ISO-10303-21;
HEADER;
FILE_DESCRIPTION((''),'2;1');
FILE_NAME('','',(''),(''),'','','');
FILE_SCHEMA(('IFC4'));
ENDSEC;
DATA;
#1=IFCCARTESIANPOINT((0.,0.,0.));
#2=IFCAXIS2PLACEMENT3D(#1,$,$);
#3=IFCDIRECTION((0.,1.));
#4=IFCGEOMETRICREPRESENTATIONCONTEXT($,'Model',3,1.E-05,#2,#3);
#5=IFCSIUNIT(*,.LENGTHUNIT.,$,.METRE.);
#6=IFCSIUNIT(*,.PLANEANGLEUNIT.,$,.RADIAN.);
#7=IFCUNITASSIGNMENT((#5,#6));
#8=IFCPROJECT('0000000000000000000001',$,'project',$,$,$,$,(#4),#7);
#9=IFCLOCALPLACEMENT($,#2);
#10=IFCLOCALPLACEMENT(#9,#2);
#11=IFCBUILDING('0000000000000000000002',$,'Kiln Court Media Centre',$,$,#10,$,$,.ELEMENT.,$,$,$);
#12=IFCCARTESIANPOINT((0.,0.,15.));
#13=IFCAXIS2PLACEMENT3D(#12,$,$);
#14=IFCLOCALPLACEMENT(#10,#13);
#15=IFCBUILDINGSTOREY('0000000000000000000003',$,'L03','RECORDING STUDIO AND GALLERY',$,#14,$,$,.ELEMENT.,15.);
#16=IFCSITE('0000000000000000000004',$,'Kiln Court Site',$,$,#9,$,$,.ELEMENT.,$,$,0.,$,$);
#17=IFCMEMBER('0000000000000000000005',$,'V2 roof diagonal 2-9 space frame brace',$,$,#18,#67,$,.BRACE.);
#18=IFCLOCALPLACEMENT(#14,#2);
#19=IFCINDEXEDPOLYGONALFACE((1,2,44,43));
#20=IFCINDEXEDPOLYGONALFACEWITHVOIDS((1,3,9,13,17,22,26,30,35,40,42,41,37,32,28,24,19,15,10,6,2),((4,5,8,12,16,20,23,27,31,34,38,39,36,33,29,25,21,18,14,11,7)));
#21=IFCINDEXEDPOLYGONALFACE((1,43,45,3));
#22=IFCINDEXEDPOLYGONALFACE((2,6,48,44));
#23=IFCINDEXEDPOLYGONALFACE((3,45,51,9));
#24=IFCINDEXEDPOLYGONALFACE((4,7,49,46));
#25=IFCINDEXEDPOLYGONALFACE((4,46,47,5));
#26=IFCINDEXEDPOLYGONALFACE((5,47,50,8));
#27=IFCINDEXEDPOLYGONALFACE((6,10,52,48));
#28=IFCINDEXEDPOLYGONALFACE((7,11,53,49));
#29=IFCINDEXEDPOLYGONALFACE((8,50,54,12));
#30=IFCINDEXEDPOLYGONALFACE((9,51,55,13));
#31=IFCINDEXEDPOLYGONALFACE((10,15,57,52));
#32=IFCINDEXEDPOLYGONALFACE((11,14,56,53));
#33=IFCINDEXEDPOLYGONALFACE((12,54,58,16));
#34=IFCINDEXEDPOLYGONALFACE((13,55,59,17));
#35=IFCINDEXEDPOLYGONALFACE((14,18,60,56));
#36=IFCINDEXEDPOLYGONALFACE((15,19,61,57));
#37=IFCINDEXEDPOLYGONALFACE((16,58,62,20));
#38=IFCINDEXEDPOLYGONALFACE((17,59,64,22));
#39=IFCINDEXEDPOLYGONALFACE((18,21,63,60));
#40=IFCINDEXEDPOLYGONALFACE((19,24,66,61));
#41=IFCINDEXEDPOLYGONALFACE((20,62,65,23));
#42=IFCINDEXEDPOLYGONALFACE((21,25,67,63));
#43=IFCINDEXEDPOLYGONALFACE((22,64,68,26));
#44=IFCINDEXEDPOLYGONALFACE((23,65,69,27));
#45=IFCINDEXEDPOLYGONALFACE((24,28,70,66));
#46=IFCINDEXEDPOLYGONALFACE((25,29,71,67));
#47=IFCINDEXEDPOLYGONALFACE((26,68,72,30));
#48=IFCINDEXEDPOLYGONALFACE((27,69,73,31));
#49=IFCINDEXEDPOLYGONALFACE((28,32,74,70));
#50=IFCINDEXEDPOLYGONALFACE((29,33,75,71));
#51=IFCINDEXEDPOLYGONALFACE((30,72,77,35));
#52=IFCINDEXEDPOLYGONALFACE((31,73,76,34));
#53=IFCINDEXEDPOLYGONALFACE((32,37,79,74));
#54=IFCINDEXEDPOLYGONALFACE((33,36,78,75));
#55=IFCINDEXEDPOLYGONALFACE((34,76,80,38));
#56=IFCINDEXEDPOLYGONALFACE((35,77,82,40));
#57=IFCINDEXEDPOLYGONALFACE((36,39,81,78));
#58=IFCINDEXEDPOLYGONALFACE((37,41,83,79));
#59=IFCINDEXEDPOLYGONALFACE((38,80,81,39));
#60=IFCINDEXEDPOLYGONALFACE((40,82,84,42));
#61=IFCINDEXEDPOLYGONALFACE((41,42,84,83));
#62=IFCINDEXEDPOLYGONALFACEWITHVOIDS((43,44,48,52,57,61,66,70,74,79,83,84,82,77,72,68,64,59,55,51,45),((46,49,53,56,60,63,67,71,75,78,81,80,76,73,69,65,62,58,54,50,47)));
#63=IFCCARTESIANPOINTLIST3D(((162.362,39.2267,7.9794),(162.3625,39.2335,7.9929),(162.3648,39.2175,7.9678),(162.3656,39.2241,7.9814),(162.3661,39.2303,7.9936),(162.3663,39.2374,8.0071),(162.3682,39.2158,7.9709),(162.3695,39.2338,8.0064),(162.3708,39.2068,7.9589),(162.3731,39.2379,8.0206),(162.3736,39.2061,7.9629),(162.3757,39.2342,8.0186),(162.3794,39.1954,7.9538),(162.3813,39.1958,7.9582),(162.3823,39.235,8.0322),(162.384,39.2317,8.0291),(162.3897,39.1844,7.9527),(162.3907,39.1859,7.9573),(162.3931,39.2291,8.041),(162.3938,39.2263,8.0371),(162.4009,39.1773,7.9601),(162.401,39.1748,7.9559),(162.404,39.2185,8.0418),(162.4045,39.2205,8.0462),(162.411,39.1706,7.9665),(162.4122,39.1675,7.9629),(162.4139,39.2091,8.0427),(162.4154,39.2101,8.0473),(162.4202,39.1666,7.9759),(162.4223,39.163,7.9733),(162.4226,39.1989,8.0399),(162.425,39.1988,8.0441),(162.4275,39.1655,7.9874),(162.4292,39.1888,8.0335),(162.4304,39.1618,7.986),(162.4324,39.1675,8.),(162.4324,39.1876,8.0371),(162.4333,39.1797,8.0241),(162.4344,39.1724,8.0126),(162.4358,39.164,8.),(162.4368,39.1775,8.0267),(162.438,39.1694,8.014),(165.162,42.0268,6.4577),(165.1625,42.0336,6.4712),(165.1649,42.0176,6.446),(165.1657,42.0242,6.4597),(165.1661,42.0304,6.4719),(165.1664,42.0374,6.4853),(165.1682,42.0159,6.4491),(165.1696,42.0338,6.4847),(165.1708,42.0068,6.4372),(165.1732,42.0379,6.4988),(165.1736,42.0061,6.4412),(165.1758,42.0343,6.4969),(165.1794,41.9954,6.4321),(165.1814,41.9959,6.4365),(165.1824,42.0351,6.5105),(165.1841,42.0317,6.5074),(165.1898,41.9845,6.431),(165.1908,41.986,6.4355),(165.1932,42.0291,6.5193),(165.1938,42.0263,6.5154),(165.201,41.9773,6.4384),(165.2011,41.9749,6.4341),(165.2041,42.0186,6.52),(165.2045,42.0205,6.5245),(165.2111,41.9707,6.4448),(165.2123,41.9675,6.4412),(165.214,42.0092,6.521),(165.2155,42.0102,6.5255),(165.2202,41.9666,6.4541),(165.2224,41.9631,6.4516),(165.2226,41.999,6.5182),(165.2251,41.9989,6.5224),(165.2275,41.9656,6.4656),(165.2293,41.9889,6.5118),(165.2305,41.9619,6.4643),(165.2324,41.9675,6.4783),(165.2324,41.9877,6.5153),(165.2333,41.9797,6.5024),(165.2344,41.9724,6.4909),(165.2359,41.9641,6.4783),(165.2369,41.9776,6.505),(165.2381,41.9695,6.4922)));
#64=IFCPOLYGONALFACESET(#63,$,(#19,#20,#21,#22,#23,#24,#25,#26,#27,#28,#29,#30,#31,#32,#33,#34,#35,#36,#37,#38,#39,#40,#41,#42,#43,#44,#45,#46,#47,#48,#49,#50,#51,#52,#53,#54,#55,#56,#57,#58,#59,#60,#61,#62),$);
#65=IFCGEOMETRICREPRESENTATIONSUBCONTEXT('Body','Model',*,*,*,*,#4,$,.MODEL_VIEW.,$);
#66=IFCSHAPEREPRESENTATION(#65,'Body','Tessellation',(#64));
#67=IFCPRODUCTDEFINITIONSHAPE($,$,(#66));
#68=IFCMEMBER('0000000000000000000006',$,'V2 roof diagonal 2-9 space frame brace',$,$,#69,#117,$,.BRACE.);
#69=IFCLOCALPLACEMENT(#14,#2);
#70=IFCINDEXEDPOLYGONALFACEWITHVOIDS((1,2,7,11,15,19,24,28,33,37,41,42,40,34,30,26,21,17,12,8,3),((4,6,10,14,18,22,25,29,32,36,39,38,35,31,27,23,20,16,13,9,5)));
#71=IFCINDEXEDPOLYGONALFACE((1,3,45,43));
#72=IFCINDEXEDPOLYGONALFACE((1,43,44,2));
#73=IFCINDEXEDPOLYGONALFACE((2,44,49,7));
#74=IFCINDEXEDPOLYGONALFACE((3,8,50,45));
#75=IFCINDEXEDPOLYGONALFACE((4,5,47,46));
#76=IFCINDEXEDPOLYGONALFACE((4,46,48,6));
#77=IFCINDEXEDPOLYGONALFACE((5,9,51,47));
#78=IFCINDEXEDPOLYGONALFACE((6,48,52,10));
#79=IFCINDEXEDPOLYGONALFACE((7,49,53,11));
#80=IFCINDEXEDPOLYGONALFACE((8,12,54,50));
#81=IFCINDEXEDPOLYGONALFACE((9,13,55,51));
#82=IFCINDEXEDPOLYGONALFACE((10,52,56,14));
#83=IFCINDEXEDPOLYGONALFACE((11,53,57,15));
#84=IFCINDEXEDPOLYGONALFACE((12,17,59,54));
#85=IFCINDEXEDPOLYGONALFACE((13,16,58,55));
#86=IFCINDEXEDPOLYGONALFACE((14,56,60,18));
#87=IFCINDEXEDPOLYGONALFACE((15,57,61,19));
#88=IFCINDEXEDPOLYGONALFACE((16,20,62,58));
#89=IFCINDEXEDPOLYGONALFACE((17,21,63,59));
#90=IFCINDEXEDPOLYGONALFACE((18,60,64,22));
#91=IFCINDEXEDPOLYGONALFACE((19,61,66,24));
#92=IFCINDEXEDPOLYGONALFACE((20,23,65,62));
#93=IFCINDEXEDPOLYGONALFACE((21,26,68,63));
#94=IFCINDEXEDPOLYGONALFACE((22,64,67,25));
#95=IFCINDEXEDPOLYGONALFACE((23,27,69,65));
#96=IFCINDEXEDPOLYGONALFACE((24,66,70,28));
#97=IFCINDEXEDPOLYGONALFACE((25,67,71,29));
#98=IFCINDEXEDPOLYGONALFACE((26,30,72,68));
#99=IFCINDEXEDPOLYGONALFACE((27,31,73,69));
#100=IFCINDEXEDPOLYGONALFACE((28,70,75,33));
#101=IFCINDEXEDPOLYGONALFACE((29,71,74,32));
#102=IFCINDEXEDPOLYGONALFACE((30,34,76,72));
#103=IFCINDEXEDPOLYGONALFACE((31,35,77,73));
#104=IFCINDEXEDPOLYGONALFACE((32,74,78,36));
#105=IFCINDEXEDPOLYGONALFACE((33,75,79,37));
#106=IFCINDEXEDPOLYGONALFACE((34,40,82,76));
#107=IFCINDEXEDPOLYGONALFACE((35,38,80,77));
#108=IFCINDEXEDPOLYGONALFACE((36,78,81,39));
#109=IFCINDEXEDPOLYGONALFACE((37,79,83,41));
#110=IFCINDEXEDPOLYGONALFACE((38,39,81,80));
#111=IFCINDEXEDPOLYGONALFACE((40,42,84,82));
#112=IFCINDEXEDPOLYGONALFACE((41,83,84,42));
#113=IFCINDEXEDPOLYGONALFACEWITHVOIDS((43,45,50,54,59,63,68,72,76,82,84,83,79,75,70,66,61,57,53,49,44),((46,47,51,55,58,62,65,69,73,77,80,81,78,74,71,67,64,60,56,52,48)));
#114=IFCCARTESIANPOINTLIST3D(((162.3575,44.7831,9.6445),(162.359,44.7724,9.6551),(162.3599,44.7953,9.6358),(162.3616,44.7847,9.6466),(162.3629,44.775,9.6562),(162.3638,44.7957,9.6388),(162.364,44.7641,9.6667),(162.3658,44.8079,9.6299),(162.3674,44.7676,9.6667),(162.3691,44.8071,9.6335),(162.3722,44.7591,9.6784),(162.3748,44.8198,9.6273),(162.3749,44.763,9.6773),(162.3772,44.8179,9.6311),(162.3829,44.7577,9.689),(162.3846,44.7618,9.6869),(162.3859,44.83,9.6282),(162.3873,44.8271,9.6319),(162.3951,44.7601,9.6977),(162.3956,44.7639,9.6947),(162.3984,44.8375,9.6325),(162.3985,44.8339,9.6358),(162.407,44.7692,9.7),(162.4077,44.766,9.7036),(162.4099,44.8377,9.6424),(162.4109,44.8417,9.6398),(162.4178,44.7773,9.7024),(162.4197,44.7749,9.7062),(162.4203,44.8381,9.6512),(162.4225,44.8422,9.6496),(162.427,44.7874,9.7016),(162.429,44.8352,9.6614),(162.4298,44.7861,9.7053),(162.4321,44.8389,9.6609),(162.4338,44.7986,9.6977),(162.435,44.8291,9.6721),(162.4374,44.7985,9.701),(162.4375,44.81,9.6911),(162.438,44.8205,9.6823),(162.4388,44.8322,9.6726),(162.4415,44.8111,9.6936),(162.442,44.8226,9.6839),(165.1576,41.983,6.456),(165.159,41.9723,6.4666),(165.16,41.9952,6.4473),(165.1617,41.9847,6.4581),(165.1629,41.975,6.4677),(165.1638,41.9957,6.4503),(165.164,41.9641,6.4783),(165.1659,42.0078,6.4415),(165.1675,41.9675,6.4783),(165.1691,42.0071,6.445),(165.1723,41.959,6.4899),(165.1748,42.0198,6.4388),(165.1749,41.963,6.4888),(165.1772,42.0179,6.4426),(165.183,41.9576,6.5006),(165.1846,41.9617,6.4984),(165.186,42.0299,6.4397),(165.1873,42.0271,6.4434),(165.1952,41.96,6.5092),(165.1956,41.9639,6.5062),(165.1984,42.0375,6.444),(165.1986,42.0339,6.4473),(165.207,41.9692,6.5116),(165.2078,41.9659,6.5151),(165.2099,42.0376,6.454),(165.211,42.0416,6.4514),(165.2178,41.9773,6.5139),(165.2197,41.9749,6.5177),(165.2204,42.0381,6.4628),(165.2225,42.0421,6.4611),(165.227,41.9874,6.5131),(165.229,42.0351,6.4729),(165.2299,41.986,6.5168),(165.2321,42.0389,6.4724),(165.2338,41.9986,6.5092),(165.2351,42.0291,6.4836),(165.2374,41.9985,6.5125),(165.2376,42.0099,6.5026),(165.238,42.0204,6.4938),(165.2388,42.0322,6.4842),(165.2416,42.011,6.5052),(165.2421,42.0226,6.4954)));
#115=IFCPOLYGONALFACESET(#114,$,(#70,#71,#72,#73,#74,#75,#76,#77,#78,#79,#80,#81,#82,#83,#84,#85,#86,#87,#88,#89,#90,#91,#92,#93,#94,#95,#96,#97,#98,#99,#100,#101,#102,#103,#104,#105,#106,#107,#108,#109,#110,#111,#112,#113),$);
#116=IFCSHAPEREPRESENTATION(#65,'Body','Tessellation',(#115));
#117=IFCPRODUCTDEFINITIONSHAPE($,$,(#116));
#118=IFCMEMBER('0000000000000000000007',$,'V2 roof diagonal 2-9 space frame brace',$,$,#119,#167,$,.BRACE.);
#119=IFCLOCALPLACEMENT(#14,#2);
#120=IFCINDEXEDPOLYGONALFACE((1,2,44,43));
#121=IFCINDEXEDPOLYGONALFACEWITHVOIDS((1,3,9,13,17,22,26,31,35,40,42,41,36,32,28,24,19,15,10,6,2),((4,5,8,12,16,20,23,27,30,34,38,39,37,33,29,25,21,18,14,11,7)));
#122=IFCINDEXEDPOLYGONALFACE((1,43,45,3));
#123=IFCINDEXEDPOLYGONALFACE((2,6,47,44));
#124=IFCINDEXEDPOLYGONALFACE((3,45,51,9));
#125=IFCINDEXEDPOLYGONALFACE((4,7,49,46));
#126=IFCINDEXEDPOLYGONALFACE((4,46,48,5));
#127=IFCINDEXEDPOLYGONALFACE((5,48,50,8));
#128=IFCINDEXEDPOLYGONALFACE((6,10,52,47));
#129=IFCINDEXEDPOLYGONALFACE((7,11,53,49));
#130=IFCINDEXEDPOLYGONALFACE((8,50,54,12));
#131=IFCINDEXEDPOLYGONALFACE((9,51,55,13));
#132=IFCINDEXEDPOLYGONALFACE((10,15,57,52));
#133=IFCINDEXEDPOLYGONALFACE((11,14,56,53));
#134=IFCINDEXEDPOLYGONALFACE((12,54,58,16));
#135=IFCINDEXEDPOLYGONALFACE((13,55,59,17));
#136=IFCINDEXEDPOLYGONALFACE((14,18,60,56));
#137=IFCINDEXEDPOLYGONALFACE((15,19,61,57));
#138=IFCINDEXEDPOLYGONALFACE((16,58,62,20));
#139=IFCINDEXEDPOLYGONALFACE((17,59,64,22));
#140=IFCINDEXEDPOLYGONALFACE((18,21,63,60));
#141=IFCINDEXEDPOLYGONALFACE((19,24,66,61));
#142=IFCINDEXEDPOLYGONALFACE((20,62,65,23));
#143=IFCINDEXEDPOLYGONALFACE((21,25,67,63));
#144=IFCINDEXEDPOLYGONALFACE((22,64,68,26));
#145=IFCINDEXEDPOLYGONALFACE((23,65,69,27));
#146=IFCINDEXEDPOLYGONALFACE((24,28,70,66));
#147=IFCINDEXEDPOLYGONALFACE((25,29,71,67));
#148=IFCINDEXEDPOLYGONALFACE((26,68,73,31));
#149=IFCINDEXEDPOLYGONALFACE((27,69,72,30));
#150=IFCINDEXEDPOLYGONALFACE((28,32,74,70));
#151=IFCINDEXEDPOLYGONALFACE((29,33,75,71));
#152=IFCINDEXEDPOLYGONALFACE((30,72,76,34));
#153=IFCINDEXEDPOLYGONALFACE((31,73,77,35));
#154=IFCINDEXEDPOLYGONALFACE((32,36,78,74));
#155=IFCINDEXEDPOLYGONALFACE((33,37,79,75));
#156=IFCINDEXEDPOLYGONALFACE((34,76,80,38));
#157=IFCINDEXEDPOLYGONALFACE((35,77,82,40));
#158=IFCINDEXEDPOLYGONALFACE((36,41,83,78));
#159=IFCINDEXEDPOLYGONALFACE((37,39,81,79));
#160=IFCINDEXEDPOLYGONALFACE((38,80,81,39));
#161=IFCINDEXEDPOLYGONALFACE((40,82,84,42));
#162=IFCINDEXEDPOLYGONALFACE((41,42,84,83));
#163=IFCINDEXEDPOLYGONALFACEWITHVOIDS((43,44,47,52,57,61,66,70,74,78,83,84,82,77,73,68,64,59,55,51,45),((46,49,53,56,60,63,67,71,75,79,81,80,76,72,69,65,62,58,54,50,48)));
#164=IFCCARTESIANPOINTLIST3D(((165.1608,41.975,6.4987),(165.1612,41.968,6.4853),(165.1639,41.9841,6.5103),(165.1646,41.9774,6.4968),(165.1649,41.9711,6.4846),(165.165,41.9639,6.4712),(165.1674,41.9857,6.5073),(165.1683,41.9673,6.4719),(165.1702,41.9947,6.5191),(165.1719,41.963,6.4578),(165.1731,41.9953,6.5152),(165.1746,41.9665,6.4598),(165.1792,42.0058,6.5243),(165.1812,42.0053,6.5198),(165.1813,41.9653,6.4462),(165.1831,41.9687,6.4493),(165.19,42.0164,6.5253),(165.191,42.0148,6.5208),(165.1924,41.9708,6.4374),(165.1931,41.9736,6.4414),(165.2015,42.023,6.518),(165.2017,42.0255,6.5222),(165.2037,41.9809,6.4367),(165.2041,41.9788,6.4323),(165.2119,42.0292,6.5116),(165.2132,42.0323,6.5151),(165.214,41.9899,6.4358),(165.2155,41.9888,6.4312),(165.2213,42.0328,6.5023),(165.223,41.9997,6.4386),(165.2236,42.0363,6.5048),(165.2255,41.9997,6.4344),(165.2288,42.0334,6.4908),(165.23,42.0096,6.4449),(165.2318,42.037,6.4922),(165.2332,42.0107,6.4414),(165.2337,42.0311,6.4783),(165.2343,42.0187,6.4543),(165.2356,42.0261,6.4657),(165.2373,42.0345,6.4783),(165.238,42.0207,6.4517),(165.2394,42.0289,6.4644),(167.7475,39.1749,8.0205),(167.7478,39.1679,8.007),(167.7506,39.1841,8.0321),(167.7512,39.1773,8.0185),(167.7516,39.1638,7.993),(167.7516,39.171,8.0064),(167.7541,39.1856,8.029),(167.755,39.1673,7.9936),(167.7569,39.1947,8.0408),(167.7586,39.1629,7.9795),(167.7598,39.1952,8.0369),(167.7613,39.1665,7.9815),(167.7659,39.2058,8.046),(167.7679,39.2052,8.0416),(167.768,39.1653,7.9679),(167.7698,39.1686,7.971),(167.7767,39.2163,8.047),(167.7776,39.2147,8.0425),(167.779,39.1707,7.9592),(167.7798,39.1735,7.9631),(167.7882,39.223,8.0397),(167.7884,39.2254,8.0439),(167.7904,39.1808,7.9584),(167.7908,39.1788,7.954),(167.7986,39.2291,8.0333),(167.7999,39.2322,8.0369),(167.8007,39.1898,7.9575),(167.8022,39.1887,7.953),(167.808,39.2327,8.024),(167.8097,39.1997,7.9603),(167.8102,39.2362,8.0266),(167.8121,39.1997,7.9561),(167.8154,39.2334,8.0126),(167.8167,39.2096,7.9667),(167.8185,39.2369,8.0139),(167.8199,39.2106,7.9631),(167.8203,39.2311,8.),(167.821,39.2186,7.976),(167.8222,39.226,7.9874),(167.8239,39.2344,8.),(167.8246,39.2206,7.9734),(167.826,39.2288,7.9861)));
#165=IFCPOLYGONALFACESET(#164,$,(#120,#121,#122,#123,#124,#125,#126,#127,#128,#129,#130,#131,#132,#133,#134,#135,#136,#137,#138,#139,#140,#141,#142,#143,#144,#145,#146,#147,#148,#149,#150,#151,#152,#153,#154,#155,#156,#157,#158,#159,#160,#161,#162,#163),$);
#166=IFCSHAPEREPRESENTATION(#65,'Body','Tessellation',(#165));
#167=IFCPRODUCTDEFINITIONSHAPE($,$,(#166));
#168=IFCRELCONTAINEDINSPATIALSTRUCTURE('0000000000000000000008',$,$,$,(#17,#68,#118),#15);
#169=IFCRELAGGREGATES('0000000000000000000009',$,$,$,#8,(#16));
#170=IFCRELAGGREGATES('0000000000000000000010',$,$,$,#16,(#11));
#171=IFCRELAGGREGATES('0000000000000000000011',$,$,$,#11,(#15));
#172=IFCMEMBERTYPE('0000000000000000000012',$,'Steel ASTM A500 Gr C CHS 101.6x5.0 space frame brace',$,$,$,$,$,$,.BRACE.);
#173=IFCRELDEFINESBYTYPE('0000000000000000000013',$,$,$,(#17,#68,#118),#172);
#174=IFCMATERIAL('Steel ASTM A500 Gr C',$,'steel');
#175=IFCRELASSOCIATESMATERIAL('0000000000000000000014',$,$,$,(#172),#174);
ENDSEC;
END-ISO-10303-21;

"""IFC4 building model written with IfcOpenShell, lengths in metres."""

from ifc_helpers import new_model, si_unit, direction, frame, origin, origin_2d, place, context, subcontext, project, spatial, hollow_circle, extrude, material, material_profile, profile_set, type_object, element, save


model = new_model("IFC4")

# Units and contexts
model_context = context("Model", 3, precision=1e-05, world=origin(), true_north=direction((0.0, 1.0)))
body_context = subcontext(model_context, "Body", "Model", "MODEL_VIEW")
ifc_project = project(units=[si_unit("LENGTHUNIT", "METRE"), si_unit("PLANEANGLEUNIT", "RADIAN")], contexts=[model_context])

# Site, building, storey
site_placement = place(None, origin())
site = spatial("IfcSite", under=ifc_project, at=site_placement, Name="Kiln Court Site", CompositionType="ELEMENT", RefElevation=0.0)
building_placement = place(site_placement, origin())
building = spatial("IfcBuilding", under=site, at=building_placement, Name="Kiln Court Media Centre", CompositionType="ELEMENT")
storey_placement = place(building_placement, frame((0.0, 0.0, 15.0)))
storey = spatial("IfcBuildingStorey", under=building, at=storey_placement, Name="L03", Description="RECORDING STUDIO AND GALLERY", CompositionType="ELEMENT", Elevation=15.0)

# Members
ifc_material_1 = material(Name="Steel ASTM A500 Gr C", Category="steel")
ifc_material_profile_1 = material_profile(ifc_material_1, hollow_circle(Radius=0.0508, WallThickness=0.0049, at=origin_2d()), Name="CHS 101.6x5.0")
ifc_profile_set_1 = profile_set([ifc_material_profile_1], Name="Steel ASTM A500 Gr C")
member_type_1 = type_object("IfcMemberType", Name="Steel ASTM A500 Gr C CHS 101.6x5.0 space frame brace", PredefinedType="BRACE", material=ifc_profile_set_1)
member_1_placement = place(storey_placement, frame((165.2, 42.0, 6.4783), z_axis=(-0.660047, -0.660047, 0.358713), x_axis=(0.707107, -0.707107, 0.0)))
element("IfcMember", 1, at=member_1_placement, inside=storey, type_object=member_type_1, Name="V2 roof diagonal 2-9 space frame brace", PredefinedType="BRACE", context=body_context, shape_type="SweptSolid", body=[
    extrude(hollow_circle(Radius=0.0508, WallThickness=0.0049, at=origin_2d()), origin(), (0.0, 0.0, 1.0), 4.2422),
])
member_2_placement = place(storey_placement, frame((165.2, 42.0, 6.4783), z_axis=(-0.550758, 0.550758, 0.627161), x_axis=(-0.707107, -0.707107, 0.0)))
element("IfcMember", 2, at=member_2_placement, inside=storey, type_object=member_type_1, Name="V2 roof diagonal 2-9 space frame brace", PredefinedType="BRACE", context=body_context, shape_type="SweptSolid", body=[
    extrude(hollow_circle(Radius=0.0508, WallThickness=0.0049, at=origin_2d()), origin(), (0.0, 0.0, 1.0), 5.084),
])
member_3_placement = place(storey_placement, frame((165.2, 42.0, 6.4783), z_axis=(0.630206, -0.682193, 0.370748), x_axis=(0.734541, 0.678565, 0.0)))
element("IfcMember", 3, at=member_3_placement, inside=storey, type_object=member_type_1, Name="V2 roof diagonal 2-9 space frame brace", PredefinedType="BRACE", context=body_context, shape_type="SweptSolid", body=[
    extrude(hollow_circle(Radius=0.0508, WallThickness=0.0049, at=origin_2d()), origin(), (0.0, 0.0, 1.0), 4.1045),
])

save(model, "model.ifc")
